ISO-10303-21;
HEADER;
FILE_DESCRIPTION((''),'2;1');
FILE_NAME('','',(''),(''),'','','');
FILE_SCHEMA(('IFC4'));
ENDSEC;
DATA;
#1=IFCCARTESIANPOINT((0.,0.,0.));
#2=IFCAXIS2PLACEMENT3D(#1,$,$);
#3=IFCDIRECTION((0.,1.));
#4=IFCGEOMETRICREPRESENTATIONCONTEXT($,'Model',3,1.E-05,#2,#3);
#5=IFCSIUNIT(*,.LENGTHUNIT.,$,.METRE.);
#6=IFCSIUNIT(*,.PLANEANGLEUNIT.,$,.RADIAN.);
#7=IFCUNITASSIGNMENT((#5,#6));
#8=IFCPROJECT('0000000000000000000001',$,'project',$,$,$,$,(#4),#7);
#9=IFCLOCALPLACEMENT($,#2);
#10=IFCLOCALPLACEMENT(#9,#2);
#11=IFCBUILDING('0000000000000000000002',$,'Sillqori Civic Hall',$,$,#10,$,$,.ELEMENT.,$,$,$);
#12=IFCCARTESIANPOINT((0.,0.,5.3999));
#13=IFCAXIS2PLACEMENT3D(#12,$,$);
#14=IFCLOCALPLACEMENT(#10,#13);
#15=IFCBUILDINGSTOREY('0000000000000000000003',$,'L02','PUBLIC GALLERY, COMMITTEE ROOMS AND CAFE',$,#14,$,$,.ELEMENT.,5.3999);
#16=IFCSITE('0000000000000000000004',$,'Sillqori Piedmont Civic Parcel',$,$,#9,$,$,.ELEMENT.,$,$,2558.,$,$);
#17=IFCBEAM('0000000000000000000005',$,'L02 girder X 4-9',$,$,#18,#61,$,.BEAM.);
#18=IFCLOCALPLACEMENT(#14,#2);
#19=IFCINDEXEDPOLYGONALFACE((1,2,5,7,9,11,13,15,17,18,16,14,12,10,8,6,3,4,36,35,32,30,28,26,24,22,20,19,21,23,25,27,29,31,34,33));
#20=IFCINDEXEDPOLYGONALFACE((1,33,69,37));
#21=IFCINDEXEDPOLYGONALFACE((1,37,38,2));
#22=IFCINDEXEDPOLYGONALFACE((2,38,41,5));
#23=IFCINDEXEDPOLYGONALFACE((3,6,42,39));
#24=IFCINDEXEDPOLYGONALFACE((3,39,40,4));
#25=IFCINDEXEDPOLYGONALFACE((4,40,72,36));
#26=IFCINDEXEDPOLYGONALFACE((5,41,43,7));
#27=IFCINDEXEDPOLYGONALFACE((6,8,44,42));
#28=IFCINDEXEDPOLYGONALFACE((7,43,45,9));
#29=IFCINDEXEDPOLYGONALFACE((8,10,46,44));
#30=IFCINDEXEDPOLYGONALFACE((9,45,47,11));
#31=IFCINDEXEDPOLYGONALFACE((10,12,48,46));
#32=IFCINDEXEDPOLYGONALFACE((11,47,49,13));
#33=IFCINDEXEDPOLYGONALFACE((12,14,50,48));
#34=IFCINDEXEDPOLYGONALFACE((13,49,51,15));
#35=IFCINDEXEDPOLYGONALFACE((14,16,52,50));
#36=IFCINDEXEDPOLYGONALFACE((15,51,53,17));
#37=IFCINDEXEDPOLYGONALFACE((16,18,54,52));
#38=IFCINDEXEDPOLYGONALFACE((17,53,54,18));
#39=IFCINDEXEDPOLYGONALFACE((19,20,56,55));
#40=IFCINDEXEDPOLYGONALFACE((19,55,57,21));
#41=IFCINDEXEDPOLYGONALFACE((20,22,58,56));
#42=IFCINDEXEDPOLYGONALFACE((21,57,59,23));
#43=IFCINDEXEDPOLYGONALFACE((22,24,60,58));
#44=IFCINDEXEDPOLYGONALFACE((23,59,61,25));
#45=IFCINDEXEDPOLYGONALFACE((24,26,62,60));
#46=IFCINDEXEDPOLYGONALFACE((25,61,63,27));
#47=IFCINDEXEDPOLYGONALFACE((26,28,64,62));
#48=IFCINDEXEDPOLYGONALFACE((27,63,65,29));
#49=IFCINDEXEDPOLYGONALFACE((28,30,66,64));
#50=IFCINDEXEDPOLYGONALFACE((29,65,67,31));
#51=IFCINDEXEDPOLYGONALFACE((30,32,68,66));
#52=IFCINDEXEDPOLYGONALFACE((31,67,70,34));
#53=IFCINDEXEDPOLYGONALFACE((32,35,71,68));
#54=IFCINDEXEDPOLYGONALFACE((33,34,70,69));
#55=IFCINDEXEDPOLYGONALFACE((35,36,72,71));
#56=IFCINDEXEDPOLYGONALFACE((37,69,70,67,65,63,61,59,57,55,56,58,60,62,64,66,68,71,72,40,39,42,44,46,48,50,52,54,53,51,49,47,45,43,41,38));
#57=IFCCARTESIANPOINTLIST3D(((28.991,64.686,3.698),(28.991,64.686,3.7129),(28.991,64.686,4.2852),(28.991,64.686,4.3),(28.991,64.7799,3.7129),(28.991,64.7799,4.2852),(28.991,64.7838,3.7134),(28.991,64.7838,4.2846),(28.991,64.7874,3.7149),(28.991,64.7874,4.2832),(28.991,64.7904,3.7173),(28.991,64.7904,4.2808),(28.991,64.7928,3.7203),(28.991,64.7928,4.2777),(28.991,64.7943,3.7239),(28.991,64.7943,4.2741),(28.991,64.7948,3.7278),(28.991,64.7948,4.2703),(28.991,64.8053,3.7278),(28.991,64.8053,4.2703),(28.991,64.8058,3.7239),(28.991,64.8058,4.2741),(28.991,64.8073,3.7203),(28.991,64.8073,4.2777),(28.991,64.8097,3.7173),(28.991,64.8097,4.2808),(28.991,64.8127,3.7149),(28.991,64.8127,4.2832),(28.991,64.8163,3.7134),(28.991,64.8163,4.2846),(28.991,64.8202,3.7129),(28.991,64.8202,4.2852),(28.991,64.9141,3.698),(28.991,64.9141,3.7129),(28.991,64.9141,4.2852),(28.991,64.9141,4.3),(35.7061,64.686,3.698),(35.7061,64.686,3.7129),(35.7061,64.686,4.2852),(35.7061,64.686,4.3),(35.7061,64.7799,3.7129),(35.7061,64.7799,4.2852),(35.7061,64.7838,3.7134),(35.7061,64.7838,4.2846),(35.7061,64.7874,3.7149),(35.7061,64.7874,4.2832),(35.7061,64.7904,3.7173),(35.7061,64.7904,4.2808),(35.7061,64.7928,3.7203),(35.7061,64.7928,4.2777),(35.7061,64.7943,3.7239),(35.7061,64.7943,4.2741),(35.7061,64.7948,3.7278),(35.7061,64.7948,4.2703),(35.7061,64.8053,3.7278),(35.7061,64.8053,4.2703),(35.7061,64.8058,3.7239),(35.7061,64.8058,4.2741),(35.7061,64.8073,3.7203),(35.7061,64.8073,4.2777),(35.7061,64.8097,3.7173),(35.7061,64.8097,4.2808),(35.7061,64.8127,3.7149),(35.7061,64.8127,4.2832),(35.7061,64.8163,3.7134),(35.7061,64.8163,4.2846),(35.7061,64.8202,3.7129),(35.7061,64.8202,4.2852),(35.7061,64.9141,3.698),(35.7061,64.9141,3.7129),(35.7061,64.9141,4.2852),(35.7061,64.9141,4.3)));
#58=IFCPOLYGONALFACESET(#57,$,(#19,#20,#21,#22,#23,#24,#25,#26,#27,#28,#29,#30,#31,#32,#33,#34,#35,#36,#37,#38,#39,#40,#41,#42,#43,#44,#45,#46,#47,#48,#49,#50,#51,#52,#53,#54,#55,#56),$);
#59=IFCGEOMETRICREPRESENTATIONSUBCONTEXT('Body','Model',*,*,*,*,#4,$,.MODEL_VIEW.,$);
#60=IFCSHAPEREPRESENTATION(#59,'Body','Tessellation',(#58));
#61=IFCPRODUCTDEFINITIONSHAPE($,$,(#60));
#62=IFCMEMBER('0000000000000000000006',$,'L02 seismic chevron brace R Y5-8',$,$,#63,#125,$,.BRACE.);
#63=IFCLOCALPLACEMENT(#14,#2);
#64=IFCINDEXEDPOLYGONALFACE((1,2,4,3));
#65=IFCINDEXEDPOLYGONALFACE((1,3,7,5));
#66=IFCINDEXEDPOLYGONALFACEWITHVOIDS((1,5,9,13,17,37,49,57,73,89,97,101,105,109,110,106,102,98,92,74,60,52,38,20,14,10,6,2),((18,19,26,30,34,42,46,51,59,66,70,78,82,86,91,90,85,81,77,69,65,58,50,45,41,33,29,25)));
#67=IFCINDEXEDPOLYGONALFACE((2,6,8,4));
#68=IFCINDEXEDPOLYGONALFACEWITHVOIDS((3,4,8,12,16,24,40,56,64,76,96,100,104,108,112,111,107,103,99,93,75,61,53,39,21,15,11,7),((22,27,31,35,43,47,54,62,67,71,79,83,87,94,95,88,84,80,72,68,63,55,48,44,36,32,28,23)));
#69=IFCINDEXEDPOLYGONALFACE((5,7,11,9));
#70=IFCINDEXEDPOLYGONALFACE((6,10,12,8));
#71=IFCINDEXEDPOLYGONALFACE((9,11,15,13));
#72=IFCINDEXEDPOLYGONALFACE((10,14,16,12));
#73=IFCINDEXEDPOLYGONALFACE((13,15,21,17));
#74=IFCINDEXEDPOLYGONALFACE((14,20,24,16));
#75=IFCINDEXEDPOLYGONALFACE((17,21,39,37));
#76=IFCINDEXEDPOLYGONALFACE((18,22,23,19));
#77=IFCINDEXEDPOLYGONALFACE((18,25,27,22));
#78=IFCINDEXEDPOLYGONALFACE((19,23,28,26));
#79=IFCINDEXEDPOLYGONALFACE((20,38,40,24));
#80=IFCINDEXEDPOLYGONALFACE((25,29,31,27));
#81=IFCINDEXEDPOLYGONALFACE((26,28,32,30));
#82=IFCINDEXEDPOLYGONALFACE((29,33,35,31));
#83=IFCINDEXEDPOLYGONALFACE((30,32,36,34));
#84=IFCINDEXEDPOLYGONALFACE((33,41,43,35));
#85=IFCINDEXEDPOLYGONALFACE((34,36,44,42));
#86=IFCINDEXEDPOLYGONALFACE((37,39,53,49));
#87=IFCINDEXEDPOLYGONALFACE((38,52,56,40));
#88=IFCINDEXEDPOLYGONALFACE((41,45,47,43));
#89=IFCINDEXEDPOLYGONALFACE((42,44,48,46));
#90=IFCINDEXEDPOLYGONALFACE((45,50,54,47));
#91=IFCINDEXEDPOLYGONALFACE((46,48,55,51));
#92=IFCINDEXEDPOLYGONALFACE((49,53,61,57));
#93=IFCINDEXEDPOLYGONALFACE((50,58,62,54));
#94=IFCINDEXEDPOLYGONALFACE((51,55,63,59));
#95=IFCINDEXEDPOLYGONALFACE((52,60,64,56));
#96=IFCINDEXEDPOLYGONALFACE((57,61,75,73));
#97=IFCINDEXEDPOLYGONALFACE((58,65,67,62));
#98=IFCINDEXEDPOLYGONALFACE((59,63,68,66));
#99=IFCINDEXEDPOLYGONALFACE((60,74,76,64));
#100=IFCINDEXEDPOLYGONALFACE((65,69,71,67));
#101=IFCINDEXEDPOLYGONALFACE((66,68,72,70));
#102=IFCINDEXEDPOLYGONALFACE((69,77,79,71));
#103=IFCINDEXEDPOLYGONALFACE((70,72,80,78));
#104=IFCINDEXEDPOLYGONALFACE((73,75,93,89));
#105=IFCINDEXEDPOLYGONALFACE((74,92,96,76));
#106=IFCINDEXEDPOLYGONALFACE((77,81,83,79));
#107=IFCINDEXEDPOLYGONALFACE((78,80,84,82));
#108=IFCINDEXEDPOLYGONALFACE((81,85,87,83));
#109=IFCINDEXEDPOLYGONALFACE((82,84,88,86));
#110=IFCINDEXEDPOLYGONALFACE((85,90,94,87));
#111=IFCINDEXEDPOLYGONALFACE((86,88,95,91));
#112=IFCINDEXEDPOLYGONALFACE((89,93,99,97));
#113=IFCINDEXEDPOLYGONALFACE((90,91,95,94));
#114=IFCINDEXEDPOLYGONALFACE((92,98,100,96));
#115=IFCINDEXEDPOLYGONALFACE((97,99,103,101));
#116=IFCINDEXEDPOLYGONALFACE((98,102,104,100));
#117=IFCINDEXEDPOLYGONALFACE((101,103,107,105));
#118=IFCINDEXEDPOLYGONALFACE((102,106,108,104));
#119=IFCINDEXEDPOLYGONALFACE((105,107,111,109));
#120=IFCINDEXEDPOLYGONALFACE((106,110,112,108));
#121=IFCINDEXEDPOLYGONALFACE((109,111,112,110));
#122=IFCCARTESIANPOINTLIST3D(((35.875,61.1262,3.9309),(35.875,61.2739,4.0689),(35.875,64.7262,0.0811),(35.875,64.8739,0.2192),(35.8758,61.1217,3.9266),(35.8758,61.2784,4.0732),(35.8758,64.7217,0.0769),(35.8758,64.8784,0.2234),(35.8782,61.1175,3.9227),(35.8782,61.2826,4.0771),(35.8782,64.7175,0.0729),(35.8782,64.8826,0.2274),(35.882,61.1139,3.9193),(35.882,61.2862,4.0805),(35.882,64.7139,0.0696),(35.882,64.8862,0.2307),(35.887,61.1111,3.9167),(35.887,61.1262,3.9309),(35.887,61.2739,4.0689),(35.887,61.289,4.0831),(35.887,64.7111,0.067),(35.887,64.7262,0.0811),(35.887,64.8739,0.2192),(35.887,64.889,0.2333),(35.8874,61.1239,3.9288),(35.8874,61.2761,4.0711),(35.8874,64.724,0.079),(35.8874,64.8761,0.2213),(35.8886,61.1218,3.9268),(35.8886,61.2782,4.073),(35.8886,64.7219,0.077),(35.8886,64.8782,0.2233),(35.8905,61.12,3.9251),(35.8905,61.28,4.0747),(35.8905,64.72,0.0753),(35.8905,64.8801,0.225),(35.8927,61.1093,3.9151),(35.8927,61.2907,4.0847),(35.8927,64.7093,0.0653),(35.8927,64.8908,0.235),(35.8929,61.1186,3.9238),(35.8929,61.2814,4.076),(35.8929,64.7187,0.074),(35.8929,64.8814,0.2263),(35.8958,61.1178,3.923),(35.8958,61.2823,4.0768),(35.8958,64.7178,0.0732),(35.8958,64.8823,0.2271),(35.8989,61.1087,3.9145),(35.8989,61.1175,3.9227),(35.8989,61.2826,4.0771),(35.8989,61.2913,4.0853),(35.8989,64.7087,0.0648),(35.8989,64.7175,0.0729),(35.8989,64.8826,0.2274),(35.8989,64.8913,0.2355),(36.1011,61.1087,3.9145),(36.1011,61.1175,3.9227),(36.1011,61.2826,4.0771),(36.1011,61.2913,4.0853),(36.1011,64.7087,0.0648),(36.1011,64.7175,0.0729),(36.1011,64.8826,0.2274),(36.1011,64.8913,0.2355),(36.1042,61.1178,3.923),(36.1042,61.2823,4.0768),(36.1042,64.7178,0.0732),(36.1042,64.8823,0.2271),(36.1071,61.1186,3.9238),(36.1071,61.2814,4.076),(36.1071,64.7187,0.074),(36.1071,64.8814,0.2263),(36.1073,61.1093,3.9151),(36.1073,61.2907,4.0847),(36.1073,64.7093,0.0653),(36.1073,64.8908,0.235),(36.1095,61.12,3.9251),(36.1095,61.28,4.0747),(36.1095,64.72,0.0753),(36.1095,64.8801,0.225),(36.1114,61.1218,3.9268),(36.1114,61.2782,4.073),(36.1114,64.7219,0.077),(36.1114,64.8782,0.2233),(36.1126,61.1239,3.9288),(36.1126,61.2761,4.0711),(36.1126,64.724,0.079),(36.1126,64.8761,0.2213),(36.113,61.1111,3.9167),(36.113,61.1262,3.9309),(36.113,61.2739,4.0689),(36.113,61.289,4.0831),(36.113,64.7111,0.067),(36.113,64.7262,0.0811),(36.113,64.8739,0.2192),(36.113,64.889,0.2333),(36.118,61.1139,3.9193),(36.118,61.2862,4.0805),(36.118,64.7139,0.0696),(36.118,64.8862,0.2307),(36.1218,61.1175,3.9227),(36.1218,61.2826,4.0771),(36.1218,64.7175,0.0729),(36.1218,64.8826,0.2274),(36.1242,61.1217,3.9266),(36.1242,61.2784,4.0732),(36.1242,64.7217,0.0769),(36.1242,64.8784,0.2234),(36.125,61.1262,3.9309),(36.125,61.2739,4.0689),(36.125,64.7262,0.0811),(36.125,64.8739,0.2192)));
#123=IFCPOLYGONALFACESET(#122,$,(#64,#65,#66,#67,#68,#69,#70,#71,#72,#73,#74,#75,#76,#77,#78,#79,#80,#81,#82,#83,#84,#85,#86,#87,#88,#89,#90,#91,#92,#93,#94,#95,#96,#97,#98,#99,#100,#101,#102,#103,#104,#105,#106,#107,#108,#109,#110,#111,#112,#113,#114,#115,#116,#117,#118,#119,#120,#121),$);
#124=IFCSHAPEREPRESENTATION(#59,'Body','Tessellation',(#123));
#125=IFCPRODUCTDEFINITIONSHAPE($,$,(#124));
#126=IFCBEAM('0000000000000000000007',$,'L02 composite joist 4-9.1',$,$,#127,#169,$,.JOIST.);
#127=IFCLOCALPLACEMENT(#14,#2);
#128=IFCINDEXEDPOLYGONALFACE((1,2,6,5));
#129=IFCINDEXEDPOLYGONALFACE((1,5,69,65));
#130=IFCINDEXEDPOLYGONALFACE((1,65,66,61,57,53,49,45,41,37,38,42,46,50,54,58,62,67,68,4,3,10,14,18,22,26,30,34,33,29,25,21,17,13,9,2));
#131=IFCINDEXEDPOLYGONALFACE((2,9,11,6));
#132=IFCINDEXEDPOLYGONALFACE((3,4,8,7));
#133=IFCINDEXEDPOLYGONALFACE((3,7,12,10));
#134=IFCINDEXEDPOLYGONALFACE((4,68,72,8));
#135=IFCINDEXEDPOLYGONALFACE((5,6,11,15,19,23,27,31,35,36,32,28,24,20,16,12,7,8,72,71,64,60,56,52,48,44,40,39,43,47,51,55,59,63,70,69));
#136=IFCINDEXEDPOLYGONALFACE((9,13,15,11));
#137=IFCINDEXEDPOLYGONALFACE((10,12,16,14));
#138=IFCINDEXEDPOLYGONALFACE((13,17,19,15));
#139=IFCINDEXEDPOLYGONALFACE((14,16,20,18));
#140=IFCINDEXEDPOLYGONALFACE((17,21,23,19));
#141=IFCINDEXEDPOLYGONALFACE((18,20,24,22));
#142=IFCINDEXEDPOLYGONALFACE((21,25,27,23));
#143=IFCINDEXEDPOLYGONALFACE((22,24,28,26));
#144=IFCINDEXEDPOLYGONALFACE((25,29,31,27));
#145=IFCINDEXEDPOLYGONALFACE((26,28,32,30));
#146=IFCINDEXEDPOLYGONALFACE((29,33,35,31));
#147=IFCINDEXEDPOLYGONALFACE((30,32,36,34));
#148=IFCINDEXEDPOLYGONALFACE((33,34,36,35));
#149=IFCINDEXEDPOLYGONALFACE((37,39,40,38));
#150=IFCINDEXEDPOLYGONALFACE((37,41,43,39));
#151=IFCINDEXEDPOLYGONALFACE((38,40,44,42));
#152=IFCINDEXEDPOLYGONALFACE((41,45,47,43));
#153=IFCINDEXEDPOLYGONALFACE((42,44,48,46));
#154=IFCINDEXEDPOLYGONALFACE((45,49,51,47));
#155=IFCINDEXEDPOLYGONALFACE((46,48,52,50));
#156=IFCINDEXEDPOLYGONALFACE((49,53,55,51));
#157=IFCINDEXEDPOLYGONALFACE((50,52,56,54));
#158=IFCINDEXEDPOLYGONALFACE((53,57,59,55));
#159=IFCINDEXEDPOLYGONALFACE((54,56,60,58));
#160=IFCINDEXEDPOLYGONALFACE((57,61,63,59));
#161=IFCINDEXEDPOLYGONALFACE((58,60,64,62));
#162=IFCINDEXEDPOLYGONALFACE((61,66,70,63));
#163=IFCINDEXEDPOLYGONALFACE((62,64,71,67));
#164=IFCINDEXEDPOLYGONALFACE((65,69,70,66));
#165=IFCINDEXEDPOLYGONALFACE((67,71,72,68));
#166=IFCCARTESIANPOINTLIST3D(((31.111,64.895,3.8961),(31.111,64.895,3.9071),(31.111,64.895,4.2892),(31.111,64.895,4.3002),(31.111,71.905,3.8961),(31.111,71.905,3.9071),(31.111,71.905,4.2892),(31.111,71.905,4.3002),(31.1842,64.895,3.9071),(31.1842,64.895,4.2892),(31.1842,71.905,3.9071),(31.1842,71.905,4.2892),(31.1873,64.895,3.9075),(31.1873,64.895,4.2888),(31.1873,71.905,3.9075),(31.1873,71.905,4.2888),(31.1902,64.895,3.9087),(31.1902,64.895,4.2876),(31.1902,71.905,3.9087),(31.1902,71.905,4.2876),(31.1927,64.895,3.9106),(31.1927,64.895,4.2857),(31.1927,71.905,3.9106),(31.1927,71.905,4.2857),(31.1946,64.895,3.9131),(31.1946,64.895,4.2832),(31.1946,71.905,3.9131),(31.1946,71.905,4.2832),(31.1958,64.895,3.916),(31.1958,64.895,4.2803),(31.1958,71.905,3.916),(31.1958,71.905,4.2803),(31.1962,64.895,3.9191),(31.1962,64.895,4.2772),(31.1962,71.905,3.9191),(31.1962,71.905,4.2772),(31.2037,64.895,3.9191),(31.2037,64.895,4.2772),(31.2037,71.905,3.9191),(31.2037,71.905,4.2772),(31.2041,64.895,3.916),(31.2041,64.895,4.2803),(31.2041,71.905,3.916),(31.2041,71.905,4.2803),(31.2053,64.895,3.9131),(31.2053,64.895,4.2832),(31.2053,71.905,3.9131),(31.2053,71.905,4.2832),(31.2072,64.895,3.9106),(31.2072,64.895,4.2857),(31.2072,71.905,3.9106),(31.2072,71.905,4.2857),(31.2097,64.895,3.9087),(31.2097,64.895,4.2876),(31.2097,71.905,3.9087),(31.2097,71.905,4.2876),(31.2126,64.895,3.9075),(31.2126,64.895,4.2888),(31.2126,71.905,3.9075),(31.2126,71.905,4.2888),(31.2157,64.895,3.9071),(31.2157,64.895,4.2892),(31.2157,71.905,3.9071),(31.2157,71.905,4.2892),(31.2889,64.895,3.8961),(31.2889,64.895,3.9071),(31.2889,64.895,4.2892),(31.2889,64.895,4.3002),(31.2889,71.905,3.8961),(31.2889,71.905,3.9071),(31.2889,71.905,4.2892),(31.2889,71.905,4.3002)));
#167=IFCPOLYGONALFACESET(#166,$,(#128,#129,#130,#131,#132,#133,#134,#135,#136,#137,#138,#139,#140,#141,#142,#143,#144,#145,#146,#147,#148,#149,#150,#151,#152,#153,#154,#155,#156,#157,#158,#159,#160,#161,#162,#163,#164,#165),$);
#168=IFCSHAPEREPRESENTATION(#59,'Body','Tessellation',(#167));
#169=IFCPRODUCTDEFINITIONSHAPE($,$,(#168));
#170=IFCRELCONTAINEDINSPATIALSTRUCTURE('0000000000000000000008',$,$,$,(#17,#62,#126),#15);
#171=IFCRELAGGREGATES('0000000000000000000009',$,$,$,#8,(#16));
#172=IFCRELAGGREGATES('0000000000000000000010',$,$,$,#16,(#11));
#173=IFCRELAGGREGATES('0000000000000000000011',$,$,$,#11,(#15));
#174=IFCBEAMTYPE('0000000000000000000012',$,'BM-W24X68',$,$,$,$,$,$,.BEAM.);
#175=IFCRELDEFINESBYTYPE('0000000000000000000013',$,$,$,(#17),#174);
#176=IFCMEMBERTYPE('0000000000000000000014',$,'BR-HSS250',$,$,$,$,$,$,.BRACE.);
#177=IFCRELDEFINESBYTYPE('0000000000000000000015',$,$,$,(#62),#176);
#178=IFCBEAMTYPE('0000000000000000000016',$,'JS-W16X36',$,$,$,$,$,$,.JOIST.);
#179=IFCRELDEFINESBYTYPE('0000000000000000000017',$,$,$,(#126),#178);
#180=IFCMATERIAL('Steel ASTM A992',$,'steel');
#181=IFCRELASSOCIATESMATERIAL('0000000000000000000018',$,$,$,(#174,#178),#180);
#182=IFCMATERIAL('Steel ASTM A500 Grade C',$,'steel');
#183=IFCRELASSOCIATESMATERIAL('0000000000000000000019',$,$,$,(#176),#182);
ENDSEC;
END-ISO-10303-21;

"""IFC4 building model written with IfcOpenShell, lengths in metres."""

from ifc_helpers import new_model, si_unit, direction, frame, origin, origin_2d, place, context, subcontext, project, spatial, hollow_rectangle, i_section, extrude, material, material_profile, profile_set, type_object, element, save


model = new_model("IFC4")

# Units and contexts
model_context = context("Model", 3, precision=1e-05, world=origin(), true_north=direction((0.0, 1.0)))
body_context = subcontext(model_context, "Body", "Model", "MODEL_VIEW")
ifc_project = project(units=[si_unit("LENGTHUNIT", "METRE"), si_unit("PLANEANGLEUNIT", "RADIAN")], contexts=[model_context])

# Site, building, storey
site_placement = place(None, origin())
site = spatial("IfcSite", under=ifc_project, at=site_placement, Name="Sillqori Piedmont Civic Parcel", CompositionType="ELEMENT", RefElevation=2558.0)
building_placement = place(site_placement, origin())
building = spatial("IfcBuilding", under=site, at=building_placement, Name="Sillqori Civic Hall", CompositionType="ELEMENT")
storey_placement = place(building_placement, frame((0.0, 0.0, 5.3999)))
storey = spatial("IfcBuildingStorey", under=building, at=storey_placement, Name="L02", Description="PUBLIC GALLERY, COMMITTEE ROOMS AND CAFE", CompositionType="ELEMENT", Elevation=5.3999)

# Shared definitions
ifc_material_1 = material(Name="Steel ASTM A992", Category="steel")

# Beam
ifc_material_profile_1 = material_profile(ifc_material_1, i_section(OverallWidth=0.228, OverallDepth=0.6021, WebThickness=0.0105, FlangeThickness=0.0149, FilletRadius=0.0149, at=origin_2d()), Name="W24X68")
ifc_profile_set_1 = profile_set([ifc_material_profile_1], Name="Steel ASTM A992")
beam_type_1 = type_object("IfcBeamType", Name="BM-W24X68", PredefinedType="BEAM", material=ifc_profile_set_1)
beam_1_placement = place(storey_placement, frame((28.991, 64.8, 3.999), z_axis=(1.0, 0.0, 0.0), x_axis=(0.0, 1.0, 0.0)))
element("IfcBeam", 1, at=beam_1_placement, inside=storey, type_object=beam_type_1, Name="L02 girder X 4-9", PredefinedType="BEAM", context=body_context, shape_type="SweptSolid", body=[
    extrude(i_section(OverallWidth=0.228, OverallDepth=0.6021, WebThickness=0.0105, FlangeThickness=0.0149, FilletRadius=0.0149, at=origin_2d()), origin(), (0.0, 0.0, 1.0), 6.7151),
])

# Member
ifc_material_2 = material(Name="Steel ASTM A500 Grade C", Category="steel")
ifc_material_profile_2 = material_profile(ifc_material_2, hollow_rectangle(XDim=0.25, YDim=0.25, WallThickness=0.012, InnerFilletRadius=0.012, OuterFilletRadius=0.0239, at=origin_2d()), Name="HSS250X250X12")
ifc_profile_set_2 = profile_set([ifc_material_profile_2], Name="Steel ASTM A500 Grade C")
member_type = type_object("IfcMemberType", Name="BR-HSS250", PredefinedType="BRACE", material=ifc_profile_set_2)
member_placement = place(storey_placement, frame((36.0, 64.8, 0.1501), z_axis=(0.0, -0.683018, 0.730402), x_axis=(1.0, 0.0, 0.0)))
element("IfcMember", 2, at=member_placement, inside=storey, type_object=member_type, Name="L02 seismic chevron brace R Y5-8", PredefinedType="BRACE", context=body_context, shape_type="SweptSolid", body=[
    extrude(hollow_rectangle(XDim=0.25, YDim=0.25, WallThickness=0.012, InnerFilletRadius=0.012, OuterFilletRadius=0.0239, at=origin_2d()), origin(), (0.0, 0.0, 1.0), 5.2708),
])

# Beam
ifc_material_profile_3 = material_profile(ifc_material_1, i_section(OverallWidth=0.178, OverallDepth=0.4041, WebThickness=0.0076, FlangeThickness=0.011, FilletRadius=0.012, at=origin_2d()), Name="W16X36")
ifc_profile_set_3 = profile_set([ifc_material_profile_3], Name="Steel ASTM A992")
beam_type_2 = type_object("IfcBeamType", Name="JS-W16X36", PredefinedType="JOIST", material=ifc_profile_set_3)
for number, where, z_axis, x_axis, name in (
    (3, (31.2, 64.895, 4.0981), (0.0, 1.0, 0.0), (-1.0, 0.0, 0.0), "L02 composite joist 4-9.1"),
):
    element("IfcBeam", number, at=place(storey_placement, frame(where, z_axis=z_axis, x_axis=x_axis)), inside=storey, type_object=beam_type_2, Name=name, PredefinedType="JOIST", context=body_context, shape_type="SweptSolid", body=[
        extrude(i_section(OverallWidth=0.178, OverallDepth=0.4041, WebThickness=0.0076, FlangeThickness=0.011, FilletRadius=0.012, at=origin_2d()), origin(), (0.0, 0.0, 1.0), 7.01),
    ])

save(model, "model.ifc")
